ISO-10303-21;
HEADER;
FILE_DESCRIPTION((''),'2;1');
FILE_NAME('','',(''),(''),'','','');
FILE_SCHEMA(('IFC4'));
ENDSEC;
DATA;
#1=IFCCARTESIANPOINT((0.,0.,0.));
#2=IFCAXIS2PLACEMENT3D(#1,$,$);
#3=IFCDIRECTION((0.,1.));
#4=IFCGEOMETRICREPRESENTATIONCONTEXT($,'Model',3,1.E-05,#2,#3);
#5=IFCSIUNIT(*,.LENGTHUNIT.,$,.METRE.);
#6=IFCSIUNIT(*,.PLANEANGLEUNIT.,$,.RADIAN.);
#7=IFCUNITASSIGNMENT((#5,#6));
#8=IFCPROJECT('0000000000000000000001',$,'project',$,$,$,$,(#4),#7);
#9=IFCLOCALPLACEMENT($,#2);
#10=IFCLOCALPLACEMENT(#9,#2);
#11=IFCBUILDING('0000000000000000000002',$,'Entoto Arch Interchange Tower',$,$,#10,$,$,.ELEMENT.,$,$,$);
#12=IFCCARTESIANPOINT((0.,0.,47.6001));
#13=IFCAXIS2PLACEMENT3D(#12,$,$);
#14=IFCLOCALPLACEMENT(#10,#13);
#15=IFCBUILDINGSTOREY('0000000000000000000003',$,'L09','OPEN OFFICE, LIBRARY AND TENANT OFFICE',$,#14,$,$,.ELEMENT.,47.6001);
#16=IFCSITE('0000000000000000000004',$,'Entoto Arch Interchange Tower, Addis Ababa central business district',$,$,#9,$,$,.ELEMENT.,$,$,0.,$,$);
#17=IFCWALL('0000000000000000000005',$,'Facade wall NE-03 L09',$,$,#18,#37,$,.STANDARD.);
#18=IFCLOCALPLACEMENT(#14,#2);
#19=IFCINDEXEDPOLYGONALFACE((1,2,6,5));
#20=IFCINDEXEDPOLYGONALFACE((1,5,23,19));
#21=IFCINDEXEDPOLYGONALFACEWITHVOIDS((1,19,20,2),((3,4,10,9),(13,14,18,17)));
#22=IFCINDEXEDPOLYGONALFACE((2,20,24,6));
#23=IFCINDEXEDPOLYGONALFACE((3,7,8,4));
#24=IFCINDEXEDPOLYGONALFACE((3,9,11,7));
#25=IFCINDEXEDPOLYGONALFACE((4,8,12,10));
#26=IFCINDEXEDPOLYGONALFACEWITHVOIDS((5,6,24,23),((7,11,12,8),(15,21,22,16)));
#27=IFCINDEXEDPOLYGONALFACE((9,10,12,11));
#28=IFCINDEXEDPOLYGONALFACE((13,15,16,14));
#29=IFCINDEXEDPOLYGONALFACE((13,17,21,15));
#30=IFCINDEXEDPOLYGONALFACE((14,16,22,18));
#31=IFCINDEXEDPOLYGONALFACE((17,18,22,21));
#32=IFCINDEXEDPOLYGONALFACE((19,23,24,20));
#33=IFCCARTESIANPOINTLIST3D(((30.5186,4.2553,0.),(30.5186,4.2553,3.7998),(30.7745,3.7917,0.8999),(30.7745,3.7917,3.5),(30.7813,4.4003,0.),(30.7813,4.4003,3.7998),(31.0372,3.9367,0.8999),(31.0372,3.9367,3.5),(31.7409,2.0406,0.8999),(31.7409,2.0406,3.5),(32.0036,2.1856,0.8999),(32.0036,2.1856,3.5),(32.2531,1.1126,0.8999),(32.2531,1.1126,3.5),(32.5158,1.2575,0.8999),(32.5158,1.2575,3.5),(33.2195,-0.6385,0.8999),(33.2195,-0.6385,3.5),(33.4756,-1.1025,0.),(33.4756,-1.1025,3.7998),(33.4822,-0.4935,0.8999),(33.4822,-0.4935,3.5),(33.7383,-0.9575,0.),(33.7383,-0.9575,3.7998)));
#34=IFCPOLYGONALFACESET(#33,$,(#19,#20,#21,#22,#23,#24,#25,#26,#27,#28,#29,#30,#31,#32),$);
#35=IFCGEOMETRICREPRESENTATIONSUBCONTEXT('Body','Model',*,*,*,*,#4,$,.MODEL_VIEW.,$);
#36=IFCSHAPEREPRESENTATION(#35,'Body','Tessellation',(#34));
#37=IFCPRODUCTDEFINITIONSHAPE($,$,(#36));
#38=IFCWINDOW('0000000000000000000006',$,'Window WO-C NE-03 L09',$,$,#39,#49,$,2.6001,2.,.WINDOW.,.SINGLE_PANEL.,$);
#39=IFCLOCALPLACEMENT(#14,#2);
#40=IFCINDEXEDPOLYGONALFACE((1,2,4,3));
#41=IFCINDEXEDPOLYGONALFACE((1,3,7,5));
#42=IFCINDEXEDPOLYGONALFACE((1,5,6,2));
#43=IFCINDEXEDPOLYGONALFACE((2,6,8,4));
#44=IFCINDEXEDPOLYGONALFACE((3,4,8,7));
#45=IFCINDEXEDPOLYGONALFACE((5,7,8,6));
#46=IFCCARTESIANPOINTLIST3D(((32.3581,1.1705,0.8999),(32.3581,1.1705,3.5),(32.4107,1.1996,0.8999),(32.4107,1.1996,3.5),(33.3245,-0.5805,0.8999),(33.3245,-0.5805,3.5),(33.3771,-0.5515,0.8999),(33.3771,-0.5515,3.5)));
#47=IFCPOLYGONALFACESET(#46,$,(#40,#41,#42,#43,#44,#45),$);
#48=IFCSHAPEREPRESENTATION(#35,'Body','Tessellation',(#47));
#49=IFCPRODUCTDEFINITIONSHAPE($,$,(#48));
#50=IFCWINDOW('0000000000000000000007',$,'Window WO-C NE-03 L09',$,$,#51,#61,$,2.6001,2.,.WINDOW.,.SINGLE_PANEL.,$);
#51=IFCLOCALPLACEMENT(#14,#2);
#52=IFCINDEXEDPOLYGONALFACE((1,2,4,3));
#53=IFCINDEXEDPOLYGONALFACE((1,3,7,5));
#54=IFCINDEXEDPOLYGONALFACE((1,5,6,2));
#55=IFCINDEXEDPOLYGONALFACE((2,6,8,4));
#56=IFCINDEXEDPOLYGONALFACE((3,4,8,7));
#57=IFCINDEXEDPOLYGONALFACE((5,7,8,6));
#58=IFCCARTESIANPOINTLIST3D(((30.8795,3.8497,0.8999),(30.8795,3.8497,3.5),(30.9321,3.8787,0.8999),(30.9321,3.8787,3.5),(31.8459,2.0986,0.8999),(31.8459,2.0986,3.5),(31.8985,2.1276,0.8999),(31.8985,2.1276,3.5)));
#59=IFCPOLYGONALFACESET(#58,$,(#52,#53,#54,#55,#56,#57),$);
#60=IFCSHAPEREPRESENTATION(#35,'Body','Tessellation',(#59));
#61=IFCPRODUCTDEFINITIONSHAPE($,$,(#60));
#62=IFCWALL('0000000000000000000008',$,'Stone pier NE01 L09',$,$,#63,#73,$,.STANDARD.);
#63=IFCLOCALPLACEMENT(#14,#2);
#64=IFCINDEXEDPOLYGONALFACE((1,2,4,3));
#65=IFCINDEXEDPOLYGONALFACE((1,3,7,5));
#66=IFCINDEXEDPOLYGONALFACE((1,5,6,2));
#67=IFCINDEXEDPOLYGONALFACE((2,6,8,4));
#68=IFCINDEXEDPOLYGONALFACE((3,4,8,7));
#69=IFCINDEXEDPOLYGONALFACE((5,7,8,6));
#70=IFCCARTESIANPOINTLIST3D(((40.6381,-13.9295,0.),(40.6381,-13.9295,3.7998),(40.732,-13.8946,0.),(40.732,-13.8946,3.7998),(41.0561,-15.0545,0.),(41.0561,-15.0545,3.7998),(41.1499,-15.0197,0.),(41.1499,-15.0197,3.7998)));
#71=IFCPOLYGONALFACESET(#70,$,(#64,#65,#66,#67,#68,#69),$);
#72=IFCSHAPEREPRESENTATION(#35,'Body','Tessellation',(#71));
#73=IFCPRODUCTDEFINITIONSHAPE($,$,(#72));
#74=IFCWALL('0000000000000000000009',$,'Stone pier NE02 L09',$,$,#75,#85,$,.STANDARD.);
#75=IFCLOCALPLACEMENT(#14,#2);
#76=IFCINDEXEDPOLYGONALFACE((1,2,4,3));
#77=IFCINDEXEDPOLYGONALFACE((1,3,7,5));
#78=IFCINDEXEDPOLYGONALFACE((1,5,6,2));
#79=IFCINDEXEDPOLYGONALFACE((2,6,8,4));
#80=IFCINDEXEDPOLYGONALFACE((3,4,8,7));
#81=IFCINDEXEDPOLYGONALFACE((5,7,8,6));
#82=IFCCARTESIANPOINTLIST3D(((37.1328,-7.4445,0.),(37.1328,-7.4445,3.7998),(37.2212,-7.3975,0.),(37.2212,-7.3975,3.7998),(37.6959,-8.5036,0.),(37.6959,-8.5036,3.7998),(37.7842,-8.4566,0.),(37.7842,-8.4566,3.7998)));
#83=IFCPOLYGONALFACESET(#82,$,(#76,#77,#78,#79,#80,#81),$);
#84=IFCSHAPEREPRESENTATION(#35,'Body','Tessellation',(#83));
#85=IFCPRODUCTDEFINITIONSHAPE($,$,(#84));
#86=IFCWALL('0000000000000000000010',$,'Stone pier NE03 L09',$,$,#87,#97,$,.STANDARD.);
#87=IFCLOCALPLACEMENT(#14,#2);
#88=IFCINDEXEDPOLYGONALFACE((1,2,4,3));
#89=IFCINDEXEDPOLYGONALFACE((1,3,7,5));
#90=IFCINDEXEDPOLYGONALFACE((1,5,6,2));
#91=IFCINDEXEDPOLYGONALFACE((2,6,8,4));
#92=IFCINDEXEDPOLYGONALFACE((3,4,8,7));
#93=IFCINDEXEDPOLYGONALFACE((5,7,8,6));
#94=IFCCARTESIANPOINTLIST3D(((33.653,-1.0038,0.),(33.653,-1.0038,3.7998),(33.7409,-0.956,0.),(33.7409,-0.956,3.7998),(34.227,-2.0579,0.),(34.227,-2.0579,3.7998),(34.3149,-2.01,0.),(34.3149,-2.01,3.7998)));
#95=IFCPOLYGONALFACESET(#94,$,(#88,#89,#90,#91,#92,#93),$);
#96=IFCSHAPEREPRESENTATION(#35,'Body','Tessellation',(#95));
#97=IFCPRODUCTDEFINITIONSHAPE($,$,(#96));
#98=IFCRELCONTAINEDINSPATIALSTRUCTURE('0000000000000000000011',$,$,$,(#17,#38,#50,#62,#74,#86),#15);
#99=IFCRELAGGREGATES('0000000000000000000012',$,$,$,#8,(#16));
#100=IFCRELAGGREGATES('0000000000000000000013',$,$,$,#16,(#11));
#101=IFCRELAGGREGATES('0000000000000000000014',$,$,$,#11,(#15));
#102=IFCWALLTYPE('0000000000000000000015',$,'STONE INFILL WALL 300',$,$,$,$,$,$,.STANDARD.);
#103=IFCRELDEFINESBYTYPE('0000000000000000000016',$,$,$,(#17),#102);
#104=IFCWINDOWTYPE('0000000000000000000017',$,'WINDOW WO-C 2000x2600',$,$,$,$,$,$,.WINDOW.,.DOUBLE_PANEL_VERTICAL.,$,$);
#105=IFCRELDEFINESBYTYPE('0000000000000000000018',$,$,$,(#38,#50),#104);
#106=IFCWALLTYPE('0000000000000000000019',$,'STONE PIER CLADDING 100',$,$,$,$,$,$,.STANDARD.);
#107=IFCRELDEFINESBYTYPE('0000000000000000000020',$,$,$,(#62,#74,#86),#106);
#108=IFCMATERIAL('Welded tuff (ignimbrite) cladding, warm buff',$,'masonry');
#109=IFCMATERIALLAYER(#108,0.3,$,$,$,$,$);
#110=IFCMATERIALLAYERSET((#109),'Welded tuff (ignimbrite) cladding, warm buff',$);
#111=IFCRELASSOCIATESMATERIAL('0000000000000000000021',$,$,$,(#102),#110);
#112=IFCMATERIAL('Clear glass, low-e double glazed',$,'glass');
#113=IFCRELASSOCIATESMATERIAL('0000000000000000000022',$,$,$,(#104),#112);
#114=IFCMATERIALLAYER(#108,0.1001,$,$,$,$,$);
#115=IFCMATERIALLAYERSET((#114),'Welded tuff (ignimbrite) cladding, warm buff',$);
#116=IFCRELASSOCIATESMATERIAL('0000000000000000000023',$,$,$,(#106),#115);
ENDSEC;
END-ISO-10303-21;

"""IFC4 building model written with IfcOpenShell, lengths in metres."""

from ifc_helpers import new_model, si_unit, direction, frame, frame_2d, origin, place, context, subcontext, project, spatial, rectangle, extrude, material, layer, layer_set, type_object, element, fill, save


model = new_model("IFC4")

# Units and contexts
model_context = context("Model", 3, precision=1e-05, world=origin(), true_north=direction((0.0, 1.0)))
body_context = subcontext(model_context, "Body", "Model", "MODEL_VIEW")
ifc_project = project(units=[si_unit("LENGTHUNIT", "METRE"), si_unit("PLANEANGLEUNIT", "RADIAN")], contexts=[model_context])

# Site, building, storey
site_placement = place(None, origin())
site = spatial("IfcSite", under=ifc_project, at=site_placement, Name="Entoto Arch Interchange Tower, Addis Ababa central business district", CompositionType="ELEMENT", RefElevation=0.0)
building_placement = place(site_placement, origin())
building = spatial("IfcBuilding", under=site, at=building_placement, Name="Entoto Arch Interchange Tower", CompositionType="ELEMENT")
storey_placement = place(building_placement, frame((0.0, 0.0, 47.6001)))
storey = spatial("IfcBuildingStorey", under=building, at=storey_placement, Name="L09", Description="OPEN OFFICE, LIBRARY AND TENANT OFFICE", CompositionType="ELEMENT", Elevation=47.6001)

# Shared definitions
ifc_material_1 = material(Name="Welded tuff (ignimbrite) cladding, warm buff", Category="masonry")
ifc_layer_1 = layer(ifc_material_1, 0.3)
ifc_layer_set_1 = layer_set([ifc_layer_1], Name="Welded tuff (ignimbrite) cladding, warm buff")
wall_type_1 = type_object("IfcWallType", Name="STONE INFILL WALL 300", PredefinedType="STANDARD", material=ifc_layer_set_1)
ifc_material_2 = material(Name="Clear glass, low-e double glazed", Category="glass")

# Shared definitions
window_type_1 = type_object("IfcWindowType", Name="WINDOW WO-C 2000x2600", PartitioningType="DOUBLE_PANEL_VERTICAL", PredefinedType="WINDOW", material=ifc_material_2)

# Wall, openings, windows
wall_1_placement = place(storey_placement, frame((33.6069, -1.03, 0.0), z_axis=(0.0, 0.0, 1.0), x_axis=(-0.483195, 0.875513, 0.0)))
wall_1 = element("IfcWall", 1, at=wall_1_placement, inside=storey, type_object=wall_type_1, Name="Facade wall NE-03 L09", PredefinedType="STANDARD", context=body_context, shape_type="SweptSolid", body=[
    extrude(rectangle(XDim=6.1196, YDim=0.3, at=frame_2d((3.0598, 0.0))), origin(), (0.0, 0.0, 1.0), 3.7998),
])
opening_1_placement = place(wall_1_placement, frame((0.53, 0.0, 0.8999)))
opening_1 = element("IfcOpeningElement", 2, at=opening_1_placement, cuts=wall_1, PredefinedType="OPENING", context=body_context, shape_type="SweptSolid", body=[
    extrude(rectangle(XDim=2.0, YDim=2.6001, at=frame_2d((1.0, 1.3))), frame((0.0, 0.1602, 0.0), z_axis=(0.0, -1.0, 0.0), x_axis=(1.0, 0.0, 0.0)), (0.0, 0.0, 1.0), 0.3201),
])
opening_2_placement = place(wall_1_placement, frame((3.5901, 0.0, 0.8999)))
opening_2 = element("IfcOpeningElement", 3, at=opening_2_placement, cuts=wall_1, PredefinedType="OPENING", context=body_context, shape_type="SweptSolid", body=[
    extrude(rectangle(XDim=2.0, YDim=2.6001, at=frame_2d((1.0, 1.3))), frame((0.0, 0.1602, 0.0), z_axis=(0.0, -1.0, 0.0), x_axis=(1.0, 0.0, 0.0)), (0.0, 0.0, 1.0), 0.3201),
])
window_1_placement = place(opening_1_placement, origin())
window_1 = element("IfcWindow", 4, at=window_1_placement, inside=storey, type_object=window_type_1, Name="Window WO-C NE-03 L09", OverallHeight=2.6001, OverallWidth=2.0, PartitioningType="SINGLE_PANEL", PredefinedType="WINDOW", context=body_context, shape_type="SweptSolid", body=[
    extrude(rectangle(XDim=2.0, YDim=2.6001, at=frame_2d((1.0, 1.3))), frame((0.0, 0.03, 0.0), z_axis=(0.0, -1.0, 0.0), x_axis=(1.0, 0.0, 0.0)), (0.0, 0.0, 1.0), 0.0601),
])
fill(opening_1, window_1)
window_2_placement = place(opening_2_placement, origin())
window_2 = element("IfcWindow", 5, at=window_2_placement, inside=storey, type_object=window_type_1, Name="Window WO-C NE-03 L09", OverallHeight=2.6001, OverallWidth=2.0, PartitioningType="SINGLE_PANEL", PredefinedType="WINDOW", context=body_context, shape_type="SweptSolid", body=[
    extrude(rectangle(XDim=2.0, YDim=2.6001, at=frame_2d((1.0, 1.3))), frame((0.0, 0.03, 0.0), z_axis=(0.0, -1.0, 0.0), x_axis=(1.0, 0.0, 0.0)), (0.0, 0.0, 1.0), 0.0601),
])
fill(opening_2, window_2)

# Walls
ifc_layer_2 = layer(ifc_material_1, 0.1001)
ifc_layer_set_2 = layer_set([ifc_layer_2], Name="Welded tuff (ignimbrite) cladding, warm buff")
wall_type_2 = type_object("IfcWallType", Name="STONE PIER CLADDING 100", PredefinedType="STANDARD", material=ifc_layer_set_2)
wall_2_placement = place(storey_placement, frame((41.103, -15.0371, 0.0), z_axis=(0.0, 0.0, 1.0), x_axis=(-0.348268, 0.937395, 0.0)))
element("IfcWall", 6, at=wall_2_placement, inside=storey, type_object=wall_type_2, Name="Stone pier NE01 L09", PredefinedType="STANDARD", context=body_context, shape_type="SweptSolid", body=[
    extrude(rectangle(XDim=1.2002, YDim=0.1001, at=frame_2d((0.6001, 0.0))), origin(), (0.0, 0.0, 1.0), 3.7998),
])
wall_3_placement = place(storey_placement, frame((37.74, -8.48, 0.0), z_axis=(0.0, 0.0, 1.0), x_axis=(-0.469383, 0.882994, 0.0)))
element("IfcWall", 7, at=wall_3_placement, inside=storey, type_object=wall_type_2, Name="Stone pier NE02 L09", PredefinedType="STANDARD", context=body_context, shape_type="SweptSolid", body=[
    extrude(rectangle(XDim=1.1995, YDim=0.1001, at=frame_2d((0.5996, 0.0))), origin(), (0.0, 0.0, 1.0), 3.7998),
])
wall_4_placement = place(storey_placement, frame((34.271, -2.0339, 0.0), z_axis=(0.0, 0.0, 1.0), x_axis=(-0.478268, 0.878214, 0.0)))
element("IfcWall", 8, at=wall_4_placement, inside=storey, type_object=wall_type_2, Name="Stone pier NE03 L09", PredefinedType="STANDARD", context=body_context, shape_type="SweptSolid", body=[
    extrude(rectangle(XDim=1.2002, YDim=0.1001, at=frame_2d((0.6001, 0.0))), origin(), (0.0, 0.0, 1.0), 3.7998),
])

save(model, "model.ifc")
